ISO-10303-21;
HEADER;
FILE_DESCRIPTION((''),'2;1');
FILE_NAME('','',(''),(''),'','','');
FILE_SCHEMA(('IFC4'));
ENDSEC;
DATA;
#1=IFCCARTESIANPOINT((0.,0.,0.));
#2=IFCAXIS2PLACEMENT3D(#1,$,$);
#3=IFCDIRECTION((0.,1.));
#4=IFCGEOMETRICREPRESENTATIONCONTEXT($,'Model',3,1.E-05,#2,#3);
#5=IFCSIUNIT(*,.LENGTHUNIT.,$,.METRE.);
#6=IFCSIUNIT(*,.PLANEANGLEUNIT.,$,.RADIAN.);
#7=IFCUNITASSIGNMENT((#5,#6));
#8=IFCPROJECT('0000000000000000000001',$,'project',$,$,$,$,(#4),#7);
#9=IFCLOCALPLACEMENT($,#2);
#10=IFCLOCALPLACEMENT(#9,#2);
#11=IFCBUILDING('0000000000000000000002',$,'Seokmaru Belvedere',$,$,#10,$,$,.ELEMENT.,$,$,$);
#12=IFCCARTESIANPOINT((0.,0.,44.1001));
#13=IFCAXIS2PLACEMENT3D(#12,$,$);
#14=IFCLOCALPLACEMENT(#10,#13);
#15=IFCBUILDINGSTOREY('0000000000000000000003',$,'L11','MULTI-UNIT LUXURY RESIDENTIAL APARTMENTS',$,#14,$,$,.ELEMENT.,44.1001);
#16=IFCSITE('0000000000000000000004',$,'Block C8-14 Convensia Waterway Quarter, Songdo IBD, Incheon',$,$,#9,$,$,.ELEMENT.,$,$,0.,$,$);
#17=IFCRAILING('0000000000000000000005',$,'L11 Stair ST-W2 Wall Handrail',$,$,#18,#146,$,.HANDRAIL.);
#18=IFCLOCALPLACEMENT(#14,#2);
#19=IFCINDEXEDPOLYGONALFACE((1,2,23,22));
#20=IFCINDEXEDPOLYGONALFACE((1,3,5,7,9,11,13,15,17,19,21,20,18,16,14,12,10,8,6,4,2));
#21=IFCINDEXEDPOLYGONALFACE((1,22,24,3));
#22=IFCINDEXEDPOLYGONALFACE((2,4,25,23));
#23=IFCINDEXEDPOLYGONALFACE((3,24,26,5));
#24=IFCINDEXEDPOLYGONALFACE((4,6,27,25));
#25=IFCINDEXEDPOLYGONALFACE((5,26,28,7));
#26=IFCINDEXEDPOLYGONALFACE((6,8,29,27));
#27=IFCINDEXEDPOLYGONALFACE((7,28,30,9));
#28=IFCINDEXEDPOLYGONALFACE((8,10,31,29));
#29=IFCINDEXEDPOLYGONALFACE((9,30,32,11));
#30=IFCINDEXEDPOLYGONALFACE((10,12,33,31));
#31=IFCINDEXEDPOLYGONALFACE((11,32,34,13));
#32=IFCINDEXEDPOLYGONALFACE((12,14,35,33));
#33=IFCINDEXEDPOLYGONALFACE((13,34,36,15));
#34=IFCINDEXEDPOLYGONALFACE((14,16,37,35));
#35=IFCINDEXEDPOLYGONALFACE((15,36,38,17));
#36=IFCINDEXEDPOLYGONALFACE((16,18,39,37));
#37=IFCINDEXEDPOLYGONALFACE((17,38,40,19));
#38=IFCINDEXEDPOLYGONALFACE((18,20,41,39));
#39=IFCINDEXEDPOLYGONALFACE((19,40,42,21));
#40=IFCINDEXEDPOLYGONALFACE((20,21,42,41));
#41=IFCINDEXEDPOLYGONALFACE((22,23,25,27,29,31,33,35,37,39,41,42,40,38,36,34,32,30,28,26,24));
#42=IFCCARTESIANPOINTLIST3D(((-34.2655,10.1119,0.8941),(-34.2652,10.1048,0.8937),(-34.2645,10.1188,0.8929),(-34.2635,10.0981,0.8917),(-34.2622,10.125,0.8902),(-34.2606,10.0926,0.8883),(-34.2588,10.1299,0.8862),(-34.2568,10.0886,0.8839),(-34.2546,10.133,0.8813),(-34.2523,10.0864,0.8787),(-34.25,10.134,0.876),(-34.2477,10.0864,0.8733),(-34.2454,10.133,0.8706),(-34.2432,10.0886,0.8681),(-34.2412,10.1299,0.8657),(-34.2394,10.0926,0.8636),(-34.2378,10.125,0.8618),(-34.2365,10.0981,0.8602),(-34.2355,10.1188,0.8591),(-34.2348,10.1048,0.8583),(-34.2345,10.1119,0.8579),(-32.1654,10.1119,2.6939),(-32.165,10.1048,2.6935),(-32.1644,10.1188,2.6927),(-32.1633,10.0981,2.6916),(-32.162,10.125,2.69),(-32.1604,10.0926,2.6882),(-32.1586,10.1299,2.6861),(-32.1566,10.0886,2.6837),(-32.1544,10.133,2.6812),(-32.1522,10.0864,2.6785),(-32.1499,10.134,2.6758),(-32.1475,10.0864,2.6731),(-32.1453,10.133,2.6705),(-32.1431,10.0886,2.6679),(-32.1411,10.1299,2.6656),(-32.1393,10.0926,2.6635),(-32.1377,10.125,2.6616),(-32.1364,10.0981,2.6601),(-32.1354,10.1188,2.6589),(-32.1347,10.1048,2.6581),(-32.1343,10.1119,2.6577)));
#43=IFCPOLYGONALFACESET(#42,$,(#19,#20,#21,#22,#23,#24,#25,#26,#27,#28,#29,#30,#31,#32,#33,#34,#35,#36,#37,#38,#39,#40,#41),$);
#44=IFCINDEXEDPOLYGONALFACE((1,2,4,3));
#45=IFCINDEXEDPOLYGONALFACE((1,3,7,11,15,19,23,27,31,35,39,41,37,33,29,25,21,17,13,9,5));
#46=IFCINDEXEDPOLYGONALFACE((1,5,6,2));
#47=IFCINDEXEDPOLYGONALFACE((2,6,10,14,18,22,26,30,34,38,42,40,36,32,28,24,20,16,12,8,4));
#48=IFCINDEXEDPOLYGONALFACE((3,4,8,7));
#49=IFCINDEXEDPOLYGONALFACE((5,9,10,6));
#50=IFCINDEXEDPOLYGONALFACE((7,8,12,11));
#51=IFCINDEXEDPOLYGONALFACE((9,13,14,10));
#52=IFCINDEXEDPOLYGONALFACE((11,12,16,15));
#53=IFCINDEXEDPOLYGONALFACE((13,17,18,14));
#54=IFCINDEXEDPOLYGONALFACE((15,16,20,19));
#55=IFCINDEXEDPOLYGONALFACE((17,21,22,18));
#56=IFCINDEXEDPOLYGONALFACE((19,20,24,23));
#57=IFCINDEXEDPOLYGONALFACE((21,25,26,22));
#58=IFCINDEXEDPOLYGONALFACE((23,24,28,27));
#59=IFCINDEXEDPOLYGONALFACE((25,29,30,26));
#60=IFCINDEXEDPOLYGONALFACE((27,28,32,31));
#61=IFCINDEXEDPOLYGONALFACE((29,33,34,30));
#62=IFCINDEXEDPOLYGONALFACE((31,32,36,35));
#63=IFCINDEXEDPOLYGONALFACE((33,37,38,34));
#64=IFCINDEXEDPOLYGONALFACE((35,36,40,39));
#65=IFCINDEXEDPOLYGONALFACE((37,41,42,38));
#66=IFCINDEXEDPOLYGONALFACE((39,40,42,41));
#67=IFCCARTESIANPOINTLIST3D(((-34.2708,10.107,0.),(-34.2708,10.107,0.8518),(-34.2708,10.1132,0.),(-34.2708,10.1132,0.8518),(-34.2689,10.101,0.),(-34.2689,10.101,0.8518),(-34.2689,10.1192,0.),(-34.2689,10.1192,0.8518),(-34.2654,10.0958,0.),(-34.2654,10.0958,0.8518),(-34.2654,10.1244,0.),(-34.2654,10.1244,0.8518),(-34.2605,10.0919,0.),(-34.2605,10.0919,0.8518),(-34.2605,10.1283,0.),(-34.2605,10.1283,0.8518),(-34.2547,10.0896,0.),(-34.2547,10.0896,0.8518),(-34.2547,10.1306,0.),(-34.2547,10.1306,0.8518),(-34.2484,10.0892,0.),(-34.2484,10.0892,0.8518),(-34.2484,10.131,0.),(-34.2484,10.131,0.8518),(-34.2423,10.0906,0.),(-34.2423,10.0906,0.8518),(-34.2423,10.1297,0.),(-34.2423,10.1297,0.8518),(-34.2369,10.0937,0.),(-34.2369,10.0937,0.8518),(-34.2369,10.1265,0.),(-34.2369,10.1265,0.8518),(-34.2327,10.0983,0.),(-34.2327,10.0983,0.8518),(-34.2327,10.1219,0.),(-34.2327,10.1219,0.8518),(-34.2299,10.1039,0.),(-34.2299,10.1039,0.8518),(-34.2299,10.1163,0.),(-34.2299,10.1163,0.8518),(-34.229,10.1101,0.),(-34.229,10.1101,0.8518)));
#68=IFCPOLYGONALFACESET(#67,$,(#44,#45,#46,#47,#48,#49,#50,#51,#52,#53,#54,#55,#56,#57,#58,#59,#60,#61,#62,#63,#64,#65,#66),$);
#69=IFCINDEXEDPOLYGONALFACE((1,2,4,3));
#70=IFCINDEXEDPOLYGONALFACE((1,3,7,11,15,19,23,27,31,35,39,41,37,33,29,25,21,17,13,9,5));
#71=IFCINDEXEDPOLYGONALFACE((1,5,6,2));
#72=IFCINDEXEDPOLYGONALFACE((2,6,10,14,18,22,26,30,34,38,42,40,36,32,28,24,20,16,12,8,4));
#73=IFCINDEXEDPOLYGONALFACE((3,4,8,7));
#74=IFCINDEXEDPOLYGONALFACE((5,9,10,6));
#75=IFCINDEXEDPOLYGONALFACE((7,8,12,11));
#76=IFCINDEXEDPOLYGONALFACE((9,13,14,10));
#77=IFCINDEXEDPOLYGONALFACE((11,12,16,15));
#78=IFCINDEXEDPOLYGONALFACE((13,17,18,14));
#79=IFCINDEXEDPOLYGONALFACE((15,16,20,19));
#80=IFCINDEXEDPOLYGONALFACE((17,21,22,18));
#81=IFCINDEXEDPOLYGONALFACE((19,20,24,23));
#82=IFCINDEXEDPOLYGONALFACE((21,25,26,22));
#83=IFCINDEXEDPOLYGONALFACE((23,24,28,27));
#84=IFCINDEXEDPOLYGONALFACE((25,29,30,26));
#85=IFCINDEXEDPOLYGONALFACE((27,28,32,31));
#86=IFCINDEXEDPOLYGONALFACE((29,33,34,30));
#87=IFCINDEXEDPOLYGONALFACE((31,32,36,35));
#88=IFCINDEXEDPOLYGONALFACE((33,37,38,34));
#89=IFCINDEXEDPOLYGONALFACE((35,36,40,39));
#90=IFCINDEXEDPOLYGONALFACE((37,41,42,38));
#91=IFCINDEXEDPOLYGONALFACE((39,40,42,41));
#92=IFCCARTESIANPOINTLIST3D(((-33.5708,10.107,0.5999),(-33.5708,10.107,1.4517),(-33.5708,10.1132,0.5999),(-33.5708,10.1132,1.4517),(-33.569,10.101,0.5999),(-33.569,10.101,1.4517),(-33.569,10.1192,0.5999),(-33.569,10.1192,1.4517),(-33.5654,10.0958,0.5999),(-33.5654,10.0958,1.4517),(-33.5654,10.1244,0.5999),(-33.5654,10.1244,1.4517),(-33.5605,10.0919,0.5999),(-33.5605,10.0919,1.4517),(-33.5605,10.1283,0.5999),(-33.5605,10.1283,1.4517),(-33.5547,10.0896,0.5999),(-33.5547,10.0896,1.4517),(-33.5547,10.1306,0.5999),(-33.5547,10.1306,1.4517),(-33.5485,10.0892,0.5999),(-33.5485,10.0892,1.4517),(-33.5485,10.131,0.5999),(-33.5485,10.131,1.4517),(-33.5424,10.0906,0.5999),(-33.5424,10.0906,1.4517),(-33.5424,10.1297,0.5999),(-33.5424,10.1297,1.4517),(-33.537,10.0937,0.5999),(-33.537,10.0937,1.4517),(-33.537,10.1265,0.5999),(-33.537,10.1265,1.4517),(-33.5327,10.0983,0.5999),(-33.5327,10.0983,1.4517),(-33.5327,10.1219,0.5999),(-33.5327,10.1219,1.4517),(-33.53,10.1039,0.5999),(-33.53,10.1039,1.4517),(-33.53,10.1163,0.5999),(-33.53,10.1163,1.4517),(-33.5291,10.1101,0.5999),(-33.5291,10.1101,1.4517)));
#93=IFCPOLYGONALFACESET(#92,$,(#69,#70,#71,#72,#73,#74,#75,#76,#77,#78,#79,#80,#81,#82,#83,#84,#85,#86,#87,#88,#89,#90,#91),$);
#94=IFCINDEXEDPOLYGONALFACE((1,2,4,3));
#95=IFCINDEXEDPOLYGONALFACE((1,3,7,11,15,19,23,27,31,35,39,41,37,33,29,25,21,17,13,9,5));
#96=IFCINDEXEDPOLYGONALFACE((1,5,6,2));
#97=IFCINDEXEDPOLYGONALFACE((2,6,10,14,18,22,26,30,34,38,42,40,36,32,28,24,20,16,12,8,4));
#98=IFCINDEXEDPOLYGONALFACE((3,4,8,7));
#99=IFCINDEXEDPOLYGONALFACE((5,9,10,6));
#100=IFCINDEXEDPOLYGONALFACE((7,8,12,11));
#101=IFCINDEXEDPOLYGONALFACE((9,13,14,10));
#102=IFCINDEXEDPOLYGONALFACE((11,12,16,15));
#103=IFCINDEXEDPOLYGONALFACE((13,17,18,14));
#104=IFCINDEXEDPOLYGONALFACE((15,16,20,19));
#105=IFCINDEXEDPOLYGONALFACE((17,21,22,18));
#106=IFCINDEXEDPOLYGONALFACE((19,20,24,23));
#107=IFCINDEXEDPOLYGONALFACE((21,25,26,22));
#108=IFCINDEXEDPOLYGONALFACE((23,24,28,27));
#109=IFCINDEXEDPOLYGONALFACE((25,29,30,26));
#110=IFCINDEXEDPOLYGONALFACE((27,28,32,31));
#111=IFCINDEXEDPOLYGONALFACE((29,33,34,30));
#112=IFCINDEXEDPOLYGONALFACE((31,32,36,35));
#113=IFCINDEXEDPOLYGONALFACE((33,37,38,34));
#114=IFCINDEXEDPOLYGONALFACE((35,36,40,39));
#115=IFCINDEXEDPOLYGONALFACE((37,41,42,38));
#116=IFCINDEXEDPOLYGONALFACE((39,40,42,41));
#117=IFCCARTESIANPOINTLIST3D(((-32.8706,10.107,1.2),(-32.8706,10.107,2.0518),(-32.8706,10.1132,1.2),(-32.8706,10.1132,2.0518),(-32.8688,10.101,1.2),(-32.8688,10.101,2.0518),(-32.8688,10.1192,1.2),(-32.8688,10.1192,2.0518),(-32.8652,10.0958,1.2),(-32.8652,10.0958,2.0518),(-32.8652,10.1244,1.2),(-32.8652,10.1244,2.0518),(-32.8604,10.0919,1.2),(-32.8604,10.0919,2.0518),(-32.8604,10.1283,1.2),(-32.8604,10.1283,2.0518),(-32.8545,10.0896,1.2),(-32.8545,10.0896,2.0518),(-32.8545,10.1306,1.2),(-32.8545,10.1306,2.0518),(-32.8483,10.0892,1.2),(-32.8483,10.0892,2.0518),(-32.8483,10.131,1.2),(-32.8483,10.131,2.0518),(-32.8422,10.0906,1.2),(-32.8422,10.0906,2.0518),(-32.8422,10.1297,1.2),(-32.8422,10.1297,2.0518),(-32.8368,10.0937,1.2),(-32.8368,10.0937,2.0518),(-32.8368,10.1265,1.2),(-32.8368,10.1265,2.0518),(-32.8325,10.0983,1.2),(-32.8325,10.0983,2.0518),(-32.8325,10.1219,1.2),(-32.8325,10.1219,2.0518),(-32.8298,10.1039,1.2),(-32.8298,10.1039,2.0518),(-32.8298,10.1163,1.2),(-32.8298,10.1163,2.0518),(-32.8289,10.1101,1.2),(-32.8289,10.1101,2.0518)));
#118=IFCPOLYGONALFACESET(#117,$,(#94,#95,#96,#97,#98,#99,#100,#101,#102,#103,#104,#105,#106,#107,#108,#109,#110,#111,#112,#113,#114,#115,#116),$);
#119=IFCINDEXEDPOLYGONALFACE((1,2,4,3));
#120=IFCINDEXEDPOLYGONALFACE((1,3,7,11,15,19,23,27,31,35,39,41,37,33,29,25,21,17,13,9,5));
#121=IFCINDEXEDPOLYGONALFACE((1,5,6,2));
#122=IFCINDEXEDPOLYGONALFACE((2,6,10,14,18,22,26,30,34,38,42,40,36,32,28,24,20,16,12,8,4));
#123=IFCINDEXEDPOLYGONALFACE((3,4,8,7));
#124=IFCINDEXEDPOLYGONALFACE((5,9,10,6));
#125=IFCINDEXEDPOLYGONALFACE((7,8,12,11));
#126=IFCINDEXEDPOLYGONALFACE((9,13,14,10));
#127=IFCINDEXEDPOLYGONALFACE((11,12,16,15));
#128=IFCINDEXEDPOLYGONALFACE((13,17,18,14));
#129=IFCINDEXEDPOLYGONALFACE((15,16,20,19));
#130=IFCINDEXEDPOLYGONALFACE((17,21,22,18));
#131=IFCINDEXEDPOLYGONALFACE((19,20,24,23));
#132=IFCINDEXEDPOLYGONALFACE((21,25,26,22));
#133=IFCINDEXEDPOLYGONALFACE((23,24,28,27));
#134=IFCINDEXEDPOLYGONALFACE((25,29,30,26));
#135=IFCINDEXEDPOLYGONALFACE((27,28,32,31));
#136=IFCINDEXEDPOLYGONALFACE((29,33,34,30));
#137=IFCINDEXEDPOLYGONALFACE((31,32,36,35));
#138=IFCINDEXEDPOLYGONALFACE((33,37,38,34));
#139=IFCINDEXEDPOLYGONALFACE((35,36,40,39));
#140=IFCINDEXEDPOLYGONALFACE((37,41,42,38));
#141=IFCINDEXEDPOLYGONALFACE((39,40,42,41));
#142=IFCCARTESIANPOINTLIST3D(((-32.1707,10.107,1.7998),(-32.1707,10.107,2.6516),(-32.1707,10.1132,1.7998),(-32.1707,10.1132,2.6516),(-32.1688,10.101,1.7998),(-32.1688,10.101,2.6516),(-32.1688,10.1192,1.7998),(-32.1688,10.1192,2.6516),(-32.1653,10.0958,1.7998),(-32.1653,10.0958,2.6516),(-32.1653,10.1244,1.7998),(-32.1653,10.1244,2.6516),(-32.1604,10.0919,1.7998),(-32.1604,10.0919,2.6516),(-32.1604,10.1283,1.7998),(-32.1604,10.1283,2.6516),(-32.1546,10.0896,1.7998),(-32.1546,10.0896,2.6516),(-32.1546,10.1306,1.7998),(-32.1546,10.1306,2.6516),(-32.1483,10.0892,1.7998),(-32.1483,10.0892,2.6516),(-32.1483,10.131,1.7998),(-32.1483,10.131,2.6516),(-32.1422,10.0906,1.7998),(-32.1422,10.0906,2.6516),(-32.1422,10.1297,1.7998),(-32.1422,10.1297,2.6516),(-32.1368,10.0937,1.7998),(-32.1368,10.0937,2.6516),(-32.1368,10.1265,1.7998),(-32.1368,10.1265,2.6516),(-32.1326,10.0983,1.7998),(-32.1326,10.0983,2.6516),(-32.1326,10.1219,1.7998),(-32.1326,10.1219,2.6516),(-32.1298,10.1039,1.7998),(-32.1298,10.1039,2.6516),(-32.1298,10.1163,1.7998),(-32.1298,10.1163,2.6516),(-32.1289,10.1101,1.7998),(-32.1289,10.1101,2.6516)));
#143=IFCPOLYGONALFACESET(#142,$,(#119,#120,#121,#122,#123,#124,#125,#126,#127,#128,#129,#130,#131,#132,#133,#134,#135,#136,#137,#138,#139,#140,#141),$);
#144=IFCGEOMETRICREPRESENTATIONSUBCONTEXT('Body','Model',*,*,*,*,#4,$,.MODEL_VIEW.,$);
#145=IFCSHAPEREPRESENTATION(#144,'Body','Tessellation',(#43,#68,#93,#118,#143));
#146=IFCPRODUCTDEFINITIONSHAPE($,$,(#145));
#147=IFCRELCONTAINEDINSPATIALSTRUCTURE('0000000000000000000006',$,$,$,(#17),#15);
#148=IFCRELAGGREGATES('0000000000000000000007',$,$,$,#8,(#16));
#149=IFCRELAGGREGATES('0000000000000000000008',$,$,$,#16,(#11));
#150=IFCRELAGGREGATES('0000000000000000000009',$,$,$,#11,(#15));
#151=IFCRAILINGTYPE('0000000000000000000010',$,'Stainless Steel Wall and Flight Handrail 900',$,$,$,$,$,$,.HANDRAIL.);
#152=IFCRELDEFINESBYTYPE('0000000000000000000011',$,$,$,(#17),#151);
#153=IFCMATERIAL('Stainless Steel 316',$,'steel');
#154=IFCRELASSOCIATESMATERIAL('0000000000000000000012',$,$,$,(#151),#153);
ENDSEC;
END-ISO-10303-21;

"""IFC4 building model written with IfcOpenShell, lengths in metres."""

from ifc_helpers import new_model, si_unit, direction, frame, origin, origin_2d, place, context, subcontext, project, spatial, circle, extrude, material, type_object, element, save


model = new_model("IFC4")

# Units and contexts
model_context = context("Model", 3, precision=1e-05, world=origin(), true_north=direction((0.0, 1.0)))
body_context = subcontext(model_context, "Body", "Model", "MODEL_VIEW")
ifc_project = project(units=[si_unit("LENGTHUNIT", "METRE"), si_unit("PLANEANGLEUNIT", "RADIAN")], contexts=[model_context])

# Site, building, storey
site_placement = place(None, origin())
site = spatial("IfcSite", under=ifc_project, at=site_placement, Name="Block C8-14 Convensia Waterway Quarter, Songdo IBD, Incheon", CompositionType="ELEMENT", RefElevation=0.0)
building_placement = place(site_placement, origin())
building = spatial("IfcBuilding", under=site, at=building_placement, Name="Seokmaru Belvedere", CompositionType="ELEMENT")
storey_placement = place(building_placement, frame((0.0, 0.0, 44.1001)))
storey = spatial("IfcBuildingStorey", under=building, at=storey_placement, Name="L11", Description="MULTI-UNIT LUXURY RESIDENTIAL APARTMENTS", CompositionType="ELEMENT", Elevation=44.1001)

# Railing
ifc_material_1 = material(Name="Stainless Steel 316", Category="steel")
railing_type_1 = type_object("IfcRailingType", Name="Stainless Steel Wall and Flight Handrail 900", PredefinedType="HANDRAIL", material=ifc_material_1)
railing_1_placement = place(storey_placement, frame((-34.25, 10.1101, 0.0)))
element("IfcRailing", 1, at=railing_1_placement, inside=storey, type_object=railing_type_1, Name="L11 Stair ST-W2 Wall Handrail", PredefinedType="HANDRAIL", context=body_context, shape_type="SweptSolid", body=[
    extrude(circle(Radius=0.0239, at=origin_2d()), frame((0.0, 0.0, 0.876), z_axis=(0.759306, 0.0, 0.650733), x_axis=(0.0, 1.0, 0.0)), (0.0, 0.0, 1.0), 2.7659),
    extrude(circle(Radius=0.021, at=origin_2d()), origin(), (0.0, 0.0, 1.0), 0.8518),
    extrude(circle(Radius=0.021, at=origin_2d()), frame((0.7, 0.0, 0.5999)), (0.0, 0.0, 1.0), 0.8518),
    extrude(circle(Radius=0.021, at=origin_2d()), frame((1.4001, 0.0, 1.2)), (0.0, 0.0, 1.0), 0.8518),
    extrude(circle(Radius=0.021, at=origin_2d()), frame((2.1001, 0.0, 1.7998)), (0.0, 0.0, 1.0), 0.8518),
])

save(model, "model.ifc")
